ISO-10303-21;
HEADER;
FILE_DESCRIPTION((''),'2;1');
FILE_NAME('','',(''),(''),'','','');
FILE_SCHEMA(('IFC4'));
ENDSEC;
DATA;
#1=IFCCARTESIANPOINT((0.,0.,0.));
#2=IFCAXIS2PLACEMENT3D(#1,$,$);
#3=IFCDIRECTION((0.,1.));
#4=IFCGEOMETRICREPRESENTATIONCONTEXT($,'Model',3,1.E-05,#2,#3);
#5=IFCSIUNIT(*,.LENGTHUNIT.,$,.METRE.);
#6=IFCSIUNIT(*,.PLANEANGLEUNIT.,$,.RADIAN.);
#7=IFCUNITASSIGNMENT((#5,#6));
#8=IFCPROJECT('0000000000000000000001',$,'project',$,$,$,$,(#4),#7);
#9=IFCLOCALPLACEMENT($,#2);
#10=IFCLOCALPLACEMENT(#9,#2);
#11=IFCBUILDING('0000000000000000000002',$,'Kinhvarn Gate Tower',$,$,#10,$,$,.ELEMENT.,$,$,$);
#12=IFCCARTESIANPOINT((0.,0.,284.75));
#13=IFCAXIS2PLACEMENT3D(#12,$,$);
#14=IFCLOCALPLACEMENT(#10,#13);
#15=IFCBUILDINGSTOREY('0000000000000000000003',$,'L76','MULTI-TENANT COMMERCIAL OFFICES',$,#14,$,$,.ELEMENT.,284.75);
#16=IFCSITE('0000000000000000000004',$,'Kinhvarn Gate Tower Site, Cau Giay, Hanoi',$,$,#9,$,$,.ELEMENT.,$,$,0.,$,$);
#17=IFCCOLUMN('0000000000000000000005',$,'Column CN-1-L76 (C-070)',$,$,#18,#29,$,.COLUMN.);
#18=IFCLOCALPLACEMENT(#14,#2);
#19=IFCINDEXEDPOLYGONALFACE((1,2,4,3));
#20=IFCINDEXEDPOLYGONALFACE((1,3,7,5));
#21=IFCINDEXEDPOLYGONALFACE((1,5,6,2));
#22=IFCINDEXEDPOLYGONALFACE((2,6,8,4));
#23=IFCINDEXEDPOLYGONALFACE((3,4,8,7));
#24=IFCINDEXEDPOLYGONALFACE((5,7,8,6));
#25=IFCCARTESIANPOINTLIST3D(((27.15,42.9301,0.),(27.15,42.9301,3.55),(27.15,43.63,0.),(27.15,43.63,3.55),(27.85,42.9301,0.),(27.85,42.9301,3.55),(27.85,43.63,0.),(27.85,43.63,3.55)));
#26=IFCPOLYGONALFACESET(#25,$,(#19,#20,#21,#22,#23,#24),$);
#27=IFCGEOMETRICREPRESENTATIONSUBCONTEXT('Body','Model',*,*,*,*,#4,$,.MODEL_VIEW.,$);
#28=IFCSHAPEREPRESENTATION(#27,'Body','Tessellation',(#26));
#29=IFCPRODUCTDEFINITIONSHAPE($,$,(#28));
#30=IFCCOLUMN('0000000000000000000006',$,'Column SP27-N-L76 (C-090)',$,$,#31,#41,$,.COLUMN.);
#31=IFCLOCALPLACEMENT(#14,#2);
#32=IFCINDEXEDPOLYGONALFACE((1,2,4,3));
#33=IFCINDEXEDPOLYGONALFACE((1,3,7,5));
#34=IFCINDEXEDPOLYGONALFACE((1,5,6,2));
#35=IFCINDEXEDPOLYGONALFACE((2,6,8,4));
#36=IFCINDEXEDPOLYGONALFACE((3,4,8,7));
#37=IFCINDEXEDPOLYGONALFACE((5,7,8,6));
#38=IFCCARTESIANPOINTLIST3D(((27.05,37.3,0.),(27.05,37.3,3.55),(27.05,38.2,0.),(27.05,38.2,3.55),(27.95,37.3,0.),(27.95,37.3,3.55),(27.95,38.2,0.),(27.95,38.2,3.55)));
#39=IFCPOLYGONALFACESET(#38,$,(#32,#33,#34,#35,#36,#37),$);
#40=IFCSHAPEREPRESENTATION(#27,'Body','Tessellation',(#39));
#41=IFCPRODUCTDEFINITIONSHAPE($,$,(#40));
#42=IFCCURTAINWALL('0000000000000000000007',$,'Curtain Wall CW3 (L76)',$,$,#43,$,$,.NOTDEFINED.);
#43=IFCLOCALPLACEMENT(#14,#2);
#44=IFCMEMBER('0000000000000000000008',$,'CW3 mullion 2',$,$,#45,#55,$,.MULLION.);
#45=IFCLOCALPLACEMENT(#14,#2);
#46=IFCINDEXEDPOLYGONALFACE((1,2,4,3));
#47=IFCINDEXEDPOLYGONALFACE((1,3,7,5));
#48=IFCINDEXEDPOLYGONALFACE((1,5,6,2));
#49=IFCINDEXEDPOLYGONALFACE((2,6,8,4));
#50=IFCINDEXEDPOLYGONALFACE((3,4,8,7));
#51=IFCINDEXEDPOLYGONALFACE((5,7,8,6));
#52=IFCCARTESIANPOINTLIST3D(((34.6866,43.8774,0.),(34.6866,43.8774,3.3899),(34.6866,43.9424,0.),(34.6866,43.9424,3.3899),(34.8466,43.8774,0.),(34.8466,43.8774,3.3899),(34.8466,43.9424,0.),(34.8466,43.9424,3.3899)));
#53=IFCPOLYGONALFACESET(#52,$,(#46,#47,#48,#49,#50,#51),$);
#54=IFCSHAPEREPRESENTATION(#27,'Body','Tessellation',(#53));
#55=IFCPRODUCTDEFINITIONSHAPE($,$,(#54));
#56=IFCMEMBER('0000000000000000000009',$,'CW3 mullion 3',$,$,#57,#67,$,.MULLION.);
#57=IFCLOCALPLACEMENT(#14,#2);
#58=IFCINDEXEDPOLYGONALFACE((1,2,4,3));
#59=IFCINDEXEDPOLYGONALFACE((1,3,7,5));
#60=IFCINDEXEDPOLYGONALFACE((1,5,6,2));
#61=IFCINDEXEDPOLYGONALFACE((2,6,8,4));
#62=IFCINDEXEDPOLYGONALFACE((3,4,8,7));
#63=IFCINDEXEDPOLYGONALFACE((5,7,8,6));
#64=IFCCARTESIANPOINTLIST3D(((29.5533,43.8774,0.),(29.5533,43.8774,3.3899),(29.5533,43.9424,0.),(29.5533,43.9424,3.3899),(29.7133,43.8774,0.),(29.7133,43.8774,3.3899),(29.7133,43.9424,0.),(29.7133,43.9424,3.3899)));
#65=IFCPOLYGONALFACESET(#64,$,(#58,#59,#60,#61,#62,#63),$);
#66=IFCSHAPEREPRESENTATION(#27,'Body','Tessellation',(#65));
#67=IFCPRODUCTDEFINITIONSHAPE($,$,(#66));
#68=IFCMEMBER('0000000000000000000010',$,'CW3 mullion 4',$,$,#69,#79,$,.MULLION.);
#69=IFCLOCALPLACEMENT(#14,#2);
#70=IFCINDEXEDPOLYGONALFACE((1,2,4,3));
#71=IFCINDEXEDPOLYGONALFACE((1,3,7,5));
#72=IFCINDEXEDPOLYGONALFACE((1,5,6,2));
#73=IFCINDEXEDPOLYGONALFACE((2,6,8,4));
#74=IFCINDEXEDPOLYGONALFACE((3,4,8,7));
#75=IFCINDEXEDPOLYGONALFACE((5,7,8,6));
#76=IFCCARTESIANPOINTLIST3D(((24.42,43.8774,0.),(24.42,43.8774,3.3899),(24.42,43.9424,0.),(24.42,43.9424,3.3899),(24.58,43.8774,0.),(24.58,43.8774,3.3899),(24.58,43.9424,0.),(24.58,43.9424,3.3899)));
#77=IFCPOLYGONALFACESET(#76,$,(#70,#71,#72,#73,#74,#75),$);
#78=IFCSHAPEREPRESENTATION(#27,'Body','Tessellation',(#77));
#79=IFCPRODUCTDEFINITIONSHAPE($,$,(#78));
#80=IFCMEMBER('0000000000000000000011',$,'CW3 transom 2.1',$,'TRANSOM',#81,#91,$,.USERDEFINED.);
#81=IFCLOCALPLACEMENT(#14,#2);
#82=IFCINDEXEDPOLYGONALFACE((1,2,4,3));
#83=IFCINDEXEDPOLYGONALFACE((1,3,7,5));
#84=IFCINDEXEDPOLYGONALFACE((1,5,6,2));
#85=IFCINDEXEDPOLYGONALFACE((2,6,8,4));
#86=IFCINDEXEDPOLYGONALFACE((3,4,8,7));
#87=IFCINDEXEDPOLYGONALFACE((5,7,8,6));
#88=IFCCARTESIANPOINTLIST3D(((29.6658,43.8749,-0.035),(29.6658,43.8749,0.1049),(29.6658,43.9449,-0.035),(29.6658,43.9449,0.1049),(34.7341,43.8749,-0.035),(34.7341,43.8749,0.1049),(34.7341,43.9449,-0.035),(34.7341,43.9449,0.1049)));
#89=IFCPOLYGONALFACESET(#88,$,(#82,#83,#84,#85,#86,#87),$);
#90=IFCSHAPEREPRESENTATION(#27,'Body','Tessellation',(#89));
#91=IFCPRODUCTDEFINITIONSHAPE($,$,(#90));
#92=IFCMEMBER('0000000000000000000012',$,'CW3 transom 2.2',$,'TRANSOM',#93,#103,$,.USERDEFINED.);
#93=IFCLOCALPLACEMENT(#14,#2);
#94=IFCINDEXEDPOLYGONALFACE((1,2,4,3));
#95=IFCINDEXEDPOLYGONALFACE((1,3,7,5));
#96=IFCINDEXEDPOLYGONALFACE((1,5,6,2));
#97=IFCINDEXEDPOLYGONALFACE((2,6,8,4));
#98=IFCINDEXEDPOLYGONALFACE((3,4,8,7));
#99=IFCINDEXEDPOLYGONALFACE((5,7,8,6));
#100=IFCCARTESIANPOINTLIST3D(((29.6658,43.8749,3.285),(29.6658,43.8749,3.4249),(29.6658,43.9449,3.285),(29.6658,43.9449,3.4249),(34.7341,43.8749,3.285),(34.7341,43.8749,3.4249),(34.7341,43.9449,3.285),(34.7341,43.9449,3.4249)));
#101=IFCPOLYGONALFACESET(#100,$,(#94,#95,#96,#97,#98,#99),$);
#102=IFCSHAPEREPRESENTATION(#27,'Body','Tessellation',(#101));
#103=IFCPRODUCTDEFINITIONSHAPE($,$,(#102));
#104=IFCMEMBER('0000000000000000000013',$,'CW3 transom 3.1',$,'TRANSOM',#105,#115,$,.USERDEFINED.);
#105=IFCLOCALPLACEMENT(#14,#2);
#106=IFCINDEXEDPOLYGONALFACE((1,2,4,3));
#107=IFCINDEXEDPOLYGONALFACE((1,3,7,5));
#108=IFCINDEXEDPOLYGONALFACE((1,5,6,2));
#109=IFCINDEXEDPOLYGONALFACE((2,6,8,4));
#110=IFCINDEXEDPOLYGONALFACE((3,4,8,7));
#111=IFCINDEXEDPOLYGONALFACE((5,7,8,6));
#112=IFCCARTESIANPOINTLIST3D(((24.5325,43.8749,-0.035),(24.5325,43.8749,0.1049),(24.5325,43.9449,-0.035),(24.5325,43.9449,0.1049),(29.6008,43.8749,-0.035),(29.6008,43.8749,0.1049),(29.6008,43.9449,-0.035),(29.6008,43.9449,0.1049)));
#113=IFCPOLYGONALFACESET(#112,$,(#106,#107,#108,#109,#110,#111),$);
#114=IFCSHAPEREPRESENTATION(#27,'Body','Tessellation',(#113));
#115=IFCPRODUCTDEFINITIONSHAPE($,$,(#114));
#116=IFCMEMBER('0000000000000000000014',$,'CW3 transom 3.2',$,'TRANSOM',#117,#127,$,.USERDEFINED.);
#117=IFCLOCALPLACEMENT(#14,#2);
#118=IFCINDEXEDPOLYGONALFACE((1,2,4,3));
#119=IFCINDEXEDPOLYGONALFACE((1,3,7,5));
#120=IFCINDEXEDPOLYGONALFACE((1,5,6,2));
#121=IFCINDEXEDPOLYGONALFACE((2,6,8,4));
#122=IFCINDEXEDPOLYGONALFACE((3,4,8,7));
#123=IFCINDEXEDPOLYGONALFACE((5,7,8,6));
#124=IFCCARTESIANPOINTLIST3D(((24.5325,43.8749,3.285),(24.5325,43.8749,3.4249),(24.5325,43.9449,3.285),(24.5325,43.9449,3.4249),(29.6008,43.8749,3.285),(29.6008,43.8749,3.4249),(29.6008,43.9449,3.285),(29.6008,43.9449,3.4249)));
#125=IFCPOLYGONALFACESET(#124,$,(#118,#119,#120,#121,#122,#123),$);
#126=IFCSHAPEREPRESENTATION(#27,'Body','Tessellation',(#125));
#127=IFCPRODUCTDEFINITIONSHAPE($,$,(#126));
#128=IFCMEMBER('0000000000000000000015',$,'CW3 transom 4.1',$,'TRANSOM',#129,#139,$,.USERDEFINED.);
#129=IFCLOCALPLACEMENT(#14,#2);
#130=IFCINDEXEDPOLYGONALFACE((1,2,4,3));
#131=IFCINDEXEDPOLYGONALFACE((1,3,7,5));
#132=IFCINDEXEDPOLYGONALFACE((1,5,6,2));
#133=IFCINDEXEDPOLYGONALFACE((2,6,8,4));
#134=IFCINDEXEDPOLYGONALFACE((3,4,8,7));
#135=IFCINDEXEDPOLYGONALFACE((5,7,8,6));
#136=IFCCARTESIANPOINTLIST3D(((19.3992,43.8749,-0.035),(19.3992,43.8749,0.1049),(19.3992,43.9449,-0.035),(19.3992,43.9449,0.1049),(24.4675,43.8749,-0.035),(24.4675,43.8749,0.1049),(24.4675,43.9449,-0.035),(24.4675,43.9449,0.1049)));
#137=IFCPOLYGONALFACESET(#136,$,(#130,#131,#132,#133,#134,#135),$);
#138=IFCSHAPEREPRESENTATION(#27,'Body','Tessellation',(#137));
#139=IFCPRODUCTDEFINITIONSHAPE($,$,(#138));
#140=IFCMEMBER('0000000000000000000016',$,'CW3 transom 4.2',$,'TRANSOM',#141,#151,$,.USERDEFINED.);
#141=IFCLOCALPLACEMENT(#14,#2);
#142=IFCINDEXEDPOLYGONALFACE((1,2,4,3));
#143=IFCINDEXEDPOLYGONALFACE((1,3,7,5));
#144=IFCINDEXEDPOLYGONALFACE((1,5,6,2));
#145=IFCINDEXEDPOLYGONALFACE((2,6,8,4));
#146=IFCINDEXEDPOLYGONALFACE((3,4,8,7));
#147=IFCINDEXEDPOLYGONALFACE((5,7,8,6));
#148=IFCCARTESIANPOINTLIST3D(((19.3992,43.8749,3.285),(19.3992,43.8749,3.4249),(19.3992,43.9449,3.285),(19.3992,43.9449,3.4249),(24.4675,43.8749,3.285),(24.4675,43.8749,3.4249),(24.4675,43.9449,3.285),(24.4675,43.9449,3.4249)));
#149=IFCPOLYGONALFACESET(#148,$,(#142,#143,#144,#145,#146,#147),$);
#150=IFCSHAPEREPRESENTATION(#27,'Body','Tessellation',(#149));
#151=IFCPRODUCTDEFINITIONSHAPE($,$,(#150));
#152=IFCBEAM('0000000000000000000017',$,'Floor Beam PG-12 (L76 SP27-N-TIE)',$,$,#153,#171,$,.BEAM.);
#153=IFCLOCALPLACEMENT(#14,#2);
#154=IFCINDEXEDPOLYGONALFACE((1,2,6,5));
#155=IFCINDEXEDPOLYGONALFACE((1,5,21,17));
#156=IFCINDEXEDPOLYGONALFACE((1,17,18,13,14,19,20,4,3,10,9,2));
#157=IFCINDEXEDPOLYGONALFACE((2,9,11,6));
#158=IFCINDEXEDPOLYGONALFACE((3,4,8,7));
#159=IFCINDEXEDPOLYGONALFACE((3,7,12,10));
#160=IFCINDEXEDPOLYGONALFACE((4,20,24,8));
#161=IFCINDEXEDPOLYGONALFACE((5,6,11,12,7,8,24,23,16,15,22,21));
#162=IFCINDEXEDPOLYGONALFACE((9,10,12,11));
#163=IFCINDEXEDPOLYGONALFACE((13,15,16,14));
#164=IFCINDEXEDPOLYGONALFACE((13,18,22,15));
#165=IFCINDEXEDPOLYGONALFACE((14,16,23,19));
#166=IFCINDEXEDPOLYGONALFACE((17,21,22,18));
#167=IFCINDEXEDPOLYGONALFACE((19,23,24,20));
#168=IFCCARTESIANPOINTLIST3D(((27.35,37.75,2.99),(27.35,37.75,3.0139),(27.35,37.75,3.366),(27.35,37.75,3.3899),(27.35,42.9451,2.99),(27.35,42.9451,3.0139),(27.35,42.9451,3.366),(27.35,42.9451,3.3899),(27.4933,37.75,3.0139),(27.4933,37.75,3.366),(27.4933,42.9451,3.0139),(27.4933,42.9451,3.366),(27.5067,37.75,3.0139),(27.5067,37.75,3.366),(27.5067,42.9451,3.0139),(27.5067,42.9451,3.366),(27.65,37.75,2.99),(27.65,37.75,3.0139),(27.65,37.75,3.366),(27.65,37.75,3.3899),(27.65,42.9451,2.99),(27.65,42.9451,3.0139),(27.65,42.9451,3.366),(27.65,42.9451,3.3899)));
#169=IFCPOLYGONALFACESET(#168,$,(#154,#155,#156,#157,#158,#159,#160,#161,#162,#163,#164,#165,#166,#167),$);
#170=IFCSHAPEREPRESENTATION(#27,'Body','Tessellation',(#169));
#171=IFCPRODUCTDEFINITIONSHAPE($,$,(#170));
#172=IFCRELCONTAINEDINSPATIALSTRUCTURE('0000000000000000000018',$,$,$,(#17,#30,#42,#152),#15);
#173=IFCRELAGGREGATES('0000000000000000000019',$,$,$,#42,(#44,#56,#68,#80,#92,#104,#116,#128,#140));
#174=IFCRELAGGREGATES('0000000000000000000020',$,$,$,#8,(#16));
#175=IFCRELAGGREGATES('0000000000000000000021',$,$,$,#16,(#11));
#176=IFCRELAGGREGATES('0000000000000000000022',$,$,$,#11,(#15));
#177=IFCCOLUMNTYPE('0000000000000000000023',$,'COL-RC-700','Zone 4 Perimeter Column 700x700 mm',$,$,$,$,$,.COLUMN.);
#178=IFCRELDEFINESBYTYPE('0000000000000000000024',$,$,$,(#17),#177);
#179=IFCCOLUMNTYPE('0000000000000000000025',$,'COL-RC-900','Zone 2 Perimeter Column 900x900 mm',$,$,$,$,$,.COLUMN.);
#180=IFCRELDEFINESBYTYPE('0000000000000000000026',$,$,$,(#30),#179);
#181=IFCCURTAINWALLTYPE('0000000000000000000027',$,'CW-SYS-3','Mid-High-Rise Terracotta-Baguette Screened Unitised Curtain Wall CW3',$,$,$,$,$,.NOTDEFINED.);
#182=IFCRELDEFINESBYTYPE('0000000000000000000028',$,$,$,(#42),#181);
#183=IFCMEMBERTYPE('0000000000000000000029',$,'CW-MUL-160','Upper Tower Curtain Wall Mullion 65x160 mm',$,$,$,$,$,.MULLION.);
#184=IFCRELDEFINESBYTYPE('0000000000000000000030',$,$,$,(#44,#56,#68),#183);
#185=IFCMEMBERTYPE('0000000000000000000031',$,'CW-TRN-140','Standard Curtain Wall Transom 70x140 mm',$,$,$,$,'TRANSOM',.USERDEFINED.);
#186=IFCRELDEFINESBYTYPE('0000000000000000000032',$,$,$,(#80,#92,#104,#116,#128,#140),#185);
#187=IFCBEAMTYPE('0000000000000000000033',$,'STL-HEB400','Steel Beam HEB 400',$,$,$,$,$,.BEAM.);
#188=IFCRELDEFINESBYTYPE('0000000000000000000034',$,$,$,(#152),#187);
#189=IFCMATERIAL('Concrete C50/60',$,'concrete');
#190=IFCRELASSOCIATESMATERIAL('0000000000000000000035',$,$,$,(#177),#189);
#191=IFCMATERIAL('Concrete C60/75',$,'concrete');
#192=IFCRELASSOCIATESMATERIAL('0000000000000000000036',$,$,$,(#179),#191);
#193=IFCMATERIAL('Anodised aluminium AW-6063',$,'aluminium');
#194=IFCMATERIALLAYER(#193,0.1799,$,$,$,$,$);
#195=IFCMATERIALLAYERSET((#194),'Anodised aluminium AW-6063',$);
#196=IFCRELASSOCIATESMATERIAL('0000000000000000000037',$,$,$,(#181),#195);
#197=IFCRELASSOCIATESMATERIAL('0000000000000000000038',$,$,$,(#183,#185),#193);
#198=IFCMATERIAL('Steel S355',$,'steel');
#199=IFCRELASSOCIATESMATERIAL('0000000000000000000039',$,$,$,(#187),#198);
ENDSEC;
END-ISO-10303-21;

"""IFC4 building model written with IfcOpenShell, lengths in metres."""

from ifc_helpers import new_model, si_unit, direction, frame, origin, origin_2d, place, context, subcontext, project, spatial, rectangle, i_section, extrude, material, layer, layer_set, material_profile, profile_set, type_object, element, aggregate, save


model = new_model("IFC4")

# Units and contexts
model_context = context("Model", 3, precision=1e-05, world=origin(), true_north=direction((0.0, 1.0)))
body_context = subcontext(model_context, "Body", "Model", "MODEL_VIEW")
ifc_project = project(units=[si_unit("LENGTHUNIT", "METRE"), si_unit("PLANEANGLEUNIT", "RADIAN")], contexts=[model_context])

# Site, building, storey
site_placement = place(None, origin())
site = spatial("IfcSite", under=ifc_project, at=site_placement, Name="Kinhvarn Gate Tower Site, Cau Giay, Hanoi", CompositionType="ELEMENT", RefElevation=0.0)
building_placement = place(site_placement, origin())
building = spatial("IfcBuilding", under=site, at=building_placement, Name="Kinhvarn Gate Tower", CompositionType="ELEMENT")
storey_placement = place(building_placement, frame((0.0, 0.0, 284.75)))
storey = spatial("IfcBuildingStorey", under=building, at=storey_placement, Name="L76", Description="MULTI-TENANT COMMERCIAL OFFICES", CompositionType="ELEMENT", Elevation=284.75)

# Columns
ifc_material_1 = material(Name="Concrete C50/60", Category="concrete")
ifc_material_profile_1 = material_profile(ifc_material_1, rectangle(XDim=0.7, YDim=0.7, at=origin_2d()), Name="RC 700x700")
ifc_profile_set_1 = profile_set([ifc_material_profile_1], Name="Concrete C50/60")
column_type_1 = type_object("IfcColumnType", Name="COL-RC-700", Description="Zone 4 Perimeter Column 700x700 mm", PredefinedType="COLUMN", material=ifc_profile_set_1)
column_1_placement = place(storey_placement, frame((27.5, 43.28, 0.0), z_axis=(0.0, 0.0, 1.0), x_axis=(1.0, 0.0, 0.0)))
element("IfcColumn", 1, at=column_1_placement, inside=storey, type_object=column_type_1, Name="Column CN-1-L76 (C-070)", PredefinedType="COLUMN", context=body_context, shape_type="SweptSolid", body=[
    extrude(rectangle(XDim=0.7, YDim=0.7, at=origin_2d()), origin(), (0.0, 0.0, 1.0), 3.55),
])
ifc_material_2 = material(Name="Concrete C60/75", Category="concrete")
ifc_material_profile_2 = material_profile(ifc_material_2, rectangle(XDim=0.8999, YDim=0.8999, at=origin_2d()), Name="RC 900x900")
ifc_profile_set_2 = profile_set([ifc_material_profile_2], Name="Concrete C60/75")
column_type_2 = type_object("IfcColumnType", Name="COL-RC-900", Description="Zone 2 Perimeter Column 900x900 mm", PredefinedType="COLUMN", material=ifc_profile_set_2)
column_2_placement = place(storey_placement, frame((27.5, 37.75, 0.0), z_axis=(0.0, 0.0, 1.0), x_axis=(1.0, 0.0, 0.0)))
element("IfcColumn", 2, at=column_2_placement, inside=storey, type_object=column_type_2, Name="Column SP27-N-L76 (C-090)", PredefinedType="COLUMN", context=body_context, shape_type="SweptSolid", body=[
    extrude(rectangle(XDim=0.8999, YDim=0.8999, at=origin_2d()), origin(), (0.0, 0.0, 1.0), 3.55),
])

# Curtain wall, members
ifc_material_3 = material(Name="Anodised aluminium AW-6063", Category="aluminium")
ifc_layer_1 = layer(ifc_material_3, 0.1799)
ifc_layer_set_1 = layer_set([ifc_layer_1], Name="Anodised aluminium AW-6063")
curtain_wall_type = type_object("IfcCurtainWallType", Name="CW-SYS-3", Description="Mid-High-Rise Terracotta-Baguette Screened Unitised Curtain Wall CW3", PredefinedType="NOTDEFINED", material=ifc_layer_set_1)
curtain_wall_placement = place(storey_placement, origin())
curtain_wall = element("IfcCurtainWall", 3, at=curtain_wall_placement, inside=storey, type_object=curtain_wall_type, Name="Curtain Wall CW3 (L76)", PredefinedType="NOTDEFINED")
ifc_material_profile_3 = material_profile(ifc_material_3, rectangle(XDim=0.0649, YDim=0.1599, at=origin_2d()), Name="ALU 65x160")
ifc_profile_set_3 = profile_set([ifc_material_profile_3], Name="Anodised aluminium AW-6063")
member_type_1 = type_object("IfcMemberType", Name="CW-MUL-160", Description="Upper Tower Curtain Wall Mullion 65x160 mm", PredefinedType="MULLION", material=ifc_profile_set_3)
member_1_placement = place(storey_placement, frame((34.7666, 43.9099, 0.0), z_axis=(0.0, 0.0, 1.0), x_axis=(0.0, -1.0, 0.0)))
member_1 = element("IfcMember", 4, at=member_1_placement, type_object=member_type_1, Name="CW3 mullion 2", PredefinedType="MULLION", context=body_context, shape_type="SweptSolid", body=[
    extrude(rectangle(XDim=0.0649, YDim=0.1599, at=origin_2d()), origin(), (0.0, 0.0, 1.0), 3.3899),
])
member_2_placement = place(storey_placement, frame((29.6333, 43.9099, 0.0), z_axis=(0.0, 0.0, 1.0), x_axis=(0.0, -1.0, 0.0)))
member_2 = element("IfcMember", 5, at=member_2_placement, type_object=member_type_1, Name="CW3 mullion 3", PredefinedType="MULLION", context=body_context, shape_type="SweptSolid", body=[
    extrude(rectangle(XDim=0.0649, YDim=0.1599, at=origin_2d()), origin(), (0.0, 0.0, 1.0), 3.3899),
])
member_3_placement = place(storey_placement, frame((24.5, 43.9099, 0.0), z_axis=(0.0, 0.0, 1.0), x_axis=(0.0, -1.0, 0.0)))
member_3 = element("IfcMember", 6, at=member_3_placement, type_object=member_type_1, Name="CW3 mullion 4", PredefinedType="MULLION", context=body_context, shape_type="SweptSolid", body=[
    extrude(rectangle(XDim=0.0649, YDim=0.1599, at=origin_2d()), origin(), (0.0, 0.0, 1.0), 3.3899),
])
ifc_material_profile_4 = material_profile(ifc_material_3, rectangle(XDim=0.0701, YDim=0.1399, at=origin_2d()), Name="ALU 70x140")
ifc_profile_set_4 = profile_set([ifc_material_profile_4], Name="Anodised aluminium AW-6063")
member_type_2 = type_object("IfcMemberType", Name="CW-TRN-140", Description="Standard Curtain Wall Transom 70x140 mm", ElementType="TRANSOM", PredefinedType="USERDEFINED", material=ifc_profile_set_4)
member_4_placement = place(storey_placement, frame((34.7341, 43.9099, 0.0349), z_axis=(-1.0, 0.0, 0.0), x_axis=(0.0, -1.0, 0.0)))
member_4 = element("IfcMember", 7, at=member_4_placement, type_object=member_type_2, Name="CW3 transom 2.1", ObjectType="TRANSOM", PredefinedType="USERDEFINED", context=body_context, shape_type="SweptSolid", body=[
    extrude(rectangle(XDim=0.0701, YDim=0.1399, at=origin_2d()), origin(), (0.0, 0.0, 1.0), 5.0684),
])
member_5_placement = place(storey_placement, frame((34.7341, 43.9099, 3.355), z_axis=(-1.0, 0.0, 0.0), x_axis=(0.0, -1.0, 0.0)))
member_5 = element("IfcMember", 8, at=member_5_placement, type_object=member_type_2, Name="CW3 transom 2.2", ObjectType="TRANSOM", PredefinedType="USERDEFINED", context=body_context, shape_type="SweptSolid", body=[
    extrude(rectangle(XDim=0.0701, YDim=0.1399, at=origin_2d()), origin(), (0.0, 0.0, 1.0), 5.0684),
])
member_6_placement = place(storey_placement, frame((29.6008, 43.9099, 0.0349), z_axis=(-1.0, 0.0, 0.0), x_axis=(0.0, -1.0, 0.0)))
member_6 = element("IfcMember", 9, at=member_6_placement, type_object=member_type_2, Name="CW3 transom 3.1", ObjectType="TRANSOM", PredefinedType="USERDEFINED", context=body_context, shape_type="SweptSolid", body=[
    extrude(rectangle(XDim=0.0701, YDim=0.1399, at=origin_2d()), origin(), (0.0, 0.0, 1.0), 5.0684),
])
member_7_placement = place(storey_placement, frame((29.6008, 43.9099, 3.355), z_axis=(-1.0, 0.0, 0.0), x_axis=(0.0, -1.0, 0.0)))
member_7 = element("IfcMember", 10, at=member_7_placement, type_object=member_type_2, Name="CW3 transom 3.2", ObjectType="TRANSOM", PredefinedType="USERDEFINED", context=body_context, shape_type="SweptSolid", body=[
    extrude(rectangle(XDim=0.0701, YDim=0.1399, at=origin_2d()), origin(), (0.0, 0.0, 1.0), 5.0684),
])
member_8_placement = place(storey_placement, frame((24.4675, 43.9099, 0.0349), z_axis=(-1.0, 0.0, 0.0), x_axis=(0.0, -1.0, 0.0)))
member_8 = element("IfcMember", 11, at=member_8_placement, type_object=member_type_2, Name="CW3 transom 4.1", ObjectType="TRANSOM", PredefinedType="USERDEFINED", context=body_context, shape_type="SweptSolid", body=[
    extrude(rectangle(XDim=0.0701, YDim=0.1399, at=origin_2d()), origin(), (0.0, 0.0, 1.0), 5.0684),
])
member_9_placement = place(storey_placement, frame((24.4675, 43.9099, 3.355), z_axis=(-1.0, 0.0, 0.0), x_axis=(0.0, -1.0, 0.0)))
member_9 = element("IfcMember", 12, at=member_9_placement, type_object=member_type_2, Name="CW3 transom 4.2", ObjectType="TRANSOM", PredefinedType="USERDEFINED", context=body_context, shape_type="SweptSolid", body=[
    extrude(rectangle(XDim=0.0701, YDim=0.1399, at=origin_2d()), origin(), (0.0, 0.0, 1.0), 5.0684),
])

# Beam
ifc_material_4 = material(Name="Steel S355", Category="steel")
ifc_material_profile_5 = material_profile(ifc_material_4, i_section(OverallWidth=0.3, OverallDepth=0.3999, WebThickness=0.0134, FlangeThickness=0.0239, at=origin_2d()), Name="HEB 400")
ifc_profile_set_5 = profile_set([ifc_material_profile_5], Name="Steel S355")
beam_type_1 = type_object("IfcBeamType", Name="STL-HEB400", Description="Steel Beam HEB 400", PredefinedType="BEAM", material=ifc_profile_set_5)
beam_1_placement = place(storey_placement, frame((27.5, 37.75, 3.1899), z_axis=(0.0, 1.0, 0.0), x_axis=(-1.0, 0.0, 0.0)))
element("IfcBeam", 13, at=beam_1_placement, inside=storey, type_object=beam_type_1, Name="Floor Beam PG-12 (L76 SP27-N-TIE)", PredefinedType="BEAM", context=body_context, shape_type="SweptSolid", body=[
    extrude(i_section(OverallWidth=0.3, OverallDepth=0.3999, WebThickness=0.0134, FlangeThickness=0.0239, at=origin_2d()), origin(), (0.0, 0.0, 1.0), 5.1951),
])

aggregate(curtain_wall, [member_1, member_2, member_3, member_4, member_5, member_6, member_7, member_8, member_9])

save(model, "model.ifc")
